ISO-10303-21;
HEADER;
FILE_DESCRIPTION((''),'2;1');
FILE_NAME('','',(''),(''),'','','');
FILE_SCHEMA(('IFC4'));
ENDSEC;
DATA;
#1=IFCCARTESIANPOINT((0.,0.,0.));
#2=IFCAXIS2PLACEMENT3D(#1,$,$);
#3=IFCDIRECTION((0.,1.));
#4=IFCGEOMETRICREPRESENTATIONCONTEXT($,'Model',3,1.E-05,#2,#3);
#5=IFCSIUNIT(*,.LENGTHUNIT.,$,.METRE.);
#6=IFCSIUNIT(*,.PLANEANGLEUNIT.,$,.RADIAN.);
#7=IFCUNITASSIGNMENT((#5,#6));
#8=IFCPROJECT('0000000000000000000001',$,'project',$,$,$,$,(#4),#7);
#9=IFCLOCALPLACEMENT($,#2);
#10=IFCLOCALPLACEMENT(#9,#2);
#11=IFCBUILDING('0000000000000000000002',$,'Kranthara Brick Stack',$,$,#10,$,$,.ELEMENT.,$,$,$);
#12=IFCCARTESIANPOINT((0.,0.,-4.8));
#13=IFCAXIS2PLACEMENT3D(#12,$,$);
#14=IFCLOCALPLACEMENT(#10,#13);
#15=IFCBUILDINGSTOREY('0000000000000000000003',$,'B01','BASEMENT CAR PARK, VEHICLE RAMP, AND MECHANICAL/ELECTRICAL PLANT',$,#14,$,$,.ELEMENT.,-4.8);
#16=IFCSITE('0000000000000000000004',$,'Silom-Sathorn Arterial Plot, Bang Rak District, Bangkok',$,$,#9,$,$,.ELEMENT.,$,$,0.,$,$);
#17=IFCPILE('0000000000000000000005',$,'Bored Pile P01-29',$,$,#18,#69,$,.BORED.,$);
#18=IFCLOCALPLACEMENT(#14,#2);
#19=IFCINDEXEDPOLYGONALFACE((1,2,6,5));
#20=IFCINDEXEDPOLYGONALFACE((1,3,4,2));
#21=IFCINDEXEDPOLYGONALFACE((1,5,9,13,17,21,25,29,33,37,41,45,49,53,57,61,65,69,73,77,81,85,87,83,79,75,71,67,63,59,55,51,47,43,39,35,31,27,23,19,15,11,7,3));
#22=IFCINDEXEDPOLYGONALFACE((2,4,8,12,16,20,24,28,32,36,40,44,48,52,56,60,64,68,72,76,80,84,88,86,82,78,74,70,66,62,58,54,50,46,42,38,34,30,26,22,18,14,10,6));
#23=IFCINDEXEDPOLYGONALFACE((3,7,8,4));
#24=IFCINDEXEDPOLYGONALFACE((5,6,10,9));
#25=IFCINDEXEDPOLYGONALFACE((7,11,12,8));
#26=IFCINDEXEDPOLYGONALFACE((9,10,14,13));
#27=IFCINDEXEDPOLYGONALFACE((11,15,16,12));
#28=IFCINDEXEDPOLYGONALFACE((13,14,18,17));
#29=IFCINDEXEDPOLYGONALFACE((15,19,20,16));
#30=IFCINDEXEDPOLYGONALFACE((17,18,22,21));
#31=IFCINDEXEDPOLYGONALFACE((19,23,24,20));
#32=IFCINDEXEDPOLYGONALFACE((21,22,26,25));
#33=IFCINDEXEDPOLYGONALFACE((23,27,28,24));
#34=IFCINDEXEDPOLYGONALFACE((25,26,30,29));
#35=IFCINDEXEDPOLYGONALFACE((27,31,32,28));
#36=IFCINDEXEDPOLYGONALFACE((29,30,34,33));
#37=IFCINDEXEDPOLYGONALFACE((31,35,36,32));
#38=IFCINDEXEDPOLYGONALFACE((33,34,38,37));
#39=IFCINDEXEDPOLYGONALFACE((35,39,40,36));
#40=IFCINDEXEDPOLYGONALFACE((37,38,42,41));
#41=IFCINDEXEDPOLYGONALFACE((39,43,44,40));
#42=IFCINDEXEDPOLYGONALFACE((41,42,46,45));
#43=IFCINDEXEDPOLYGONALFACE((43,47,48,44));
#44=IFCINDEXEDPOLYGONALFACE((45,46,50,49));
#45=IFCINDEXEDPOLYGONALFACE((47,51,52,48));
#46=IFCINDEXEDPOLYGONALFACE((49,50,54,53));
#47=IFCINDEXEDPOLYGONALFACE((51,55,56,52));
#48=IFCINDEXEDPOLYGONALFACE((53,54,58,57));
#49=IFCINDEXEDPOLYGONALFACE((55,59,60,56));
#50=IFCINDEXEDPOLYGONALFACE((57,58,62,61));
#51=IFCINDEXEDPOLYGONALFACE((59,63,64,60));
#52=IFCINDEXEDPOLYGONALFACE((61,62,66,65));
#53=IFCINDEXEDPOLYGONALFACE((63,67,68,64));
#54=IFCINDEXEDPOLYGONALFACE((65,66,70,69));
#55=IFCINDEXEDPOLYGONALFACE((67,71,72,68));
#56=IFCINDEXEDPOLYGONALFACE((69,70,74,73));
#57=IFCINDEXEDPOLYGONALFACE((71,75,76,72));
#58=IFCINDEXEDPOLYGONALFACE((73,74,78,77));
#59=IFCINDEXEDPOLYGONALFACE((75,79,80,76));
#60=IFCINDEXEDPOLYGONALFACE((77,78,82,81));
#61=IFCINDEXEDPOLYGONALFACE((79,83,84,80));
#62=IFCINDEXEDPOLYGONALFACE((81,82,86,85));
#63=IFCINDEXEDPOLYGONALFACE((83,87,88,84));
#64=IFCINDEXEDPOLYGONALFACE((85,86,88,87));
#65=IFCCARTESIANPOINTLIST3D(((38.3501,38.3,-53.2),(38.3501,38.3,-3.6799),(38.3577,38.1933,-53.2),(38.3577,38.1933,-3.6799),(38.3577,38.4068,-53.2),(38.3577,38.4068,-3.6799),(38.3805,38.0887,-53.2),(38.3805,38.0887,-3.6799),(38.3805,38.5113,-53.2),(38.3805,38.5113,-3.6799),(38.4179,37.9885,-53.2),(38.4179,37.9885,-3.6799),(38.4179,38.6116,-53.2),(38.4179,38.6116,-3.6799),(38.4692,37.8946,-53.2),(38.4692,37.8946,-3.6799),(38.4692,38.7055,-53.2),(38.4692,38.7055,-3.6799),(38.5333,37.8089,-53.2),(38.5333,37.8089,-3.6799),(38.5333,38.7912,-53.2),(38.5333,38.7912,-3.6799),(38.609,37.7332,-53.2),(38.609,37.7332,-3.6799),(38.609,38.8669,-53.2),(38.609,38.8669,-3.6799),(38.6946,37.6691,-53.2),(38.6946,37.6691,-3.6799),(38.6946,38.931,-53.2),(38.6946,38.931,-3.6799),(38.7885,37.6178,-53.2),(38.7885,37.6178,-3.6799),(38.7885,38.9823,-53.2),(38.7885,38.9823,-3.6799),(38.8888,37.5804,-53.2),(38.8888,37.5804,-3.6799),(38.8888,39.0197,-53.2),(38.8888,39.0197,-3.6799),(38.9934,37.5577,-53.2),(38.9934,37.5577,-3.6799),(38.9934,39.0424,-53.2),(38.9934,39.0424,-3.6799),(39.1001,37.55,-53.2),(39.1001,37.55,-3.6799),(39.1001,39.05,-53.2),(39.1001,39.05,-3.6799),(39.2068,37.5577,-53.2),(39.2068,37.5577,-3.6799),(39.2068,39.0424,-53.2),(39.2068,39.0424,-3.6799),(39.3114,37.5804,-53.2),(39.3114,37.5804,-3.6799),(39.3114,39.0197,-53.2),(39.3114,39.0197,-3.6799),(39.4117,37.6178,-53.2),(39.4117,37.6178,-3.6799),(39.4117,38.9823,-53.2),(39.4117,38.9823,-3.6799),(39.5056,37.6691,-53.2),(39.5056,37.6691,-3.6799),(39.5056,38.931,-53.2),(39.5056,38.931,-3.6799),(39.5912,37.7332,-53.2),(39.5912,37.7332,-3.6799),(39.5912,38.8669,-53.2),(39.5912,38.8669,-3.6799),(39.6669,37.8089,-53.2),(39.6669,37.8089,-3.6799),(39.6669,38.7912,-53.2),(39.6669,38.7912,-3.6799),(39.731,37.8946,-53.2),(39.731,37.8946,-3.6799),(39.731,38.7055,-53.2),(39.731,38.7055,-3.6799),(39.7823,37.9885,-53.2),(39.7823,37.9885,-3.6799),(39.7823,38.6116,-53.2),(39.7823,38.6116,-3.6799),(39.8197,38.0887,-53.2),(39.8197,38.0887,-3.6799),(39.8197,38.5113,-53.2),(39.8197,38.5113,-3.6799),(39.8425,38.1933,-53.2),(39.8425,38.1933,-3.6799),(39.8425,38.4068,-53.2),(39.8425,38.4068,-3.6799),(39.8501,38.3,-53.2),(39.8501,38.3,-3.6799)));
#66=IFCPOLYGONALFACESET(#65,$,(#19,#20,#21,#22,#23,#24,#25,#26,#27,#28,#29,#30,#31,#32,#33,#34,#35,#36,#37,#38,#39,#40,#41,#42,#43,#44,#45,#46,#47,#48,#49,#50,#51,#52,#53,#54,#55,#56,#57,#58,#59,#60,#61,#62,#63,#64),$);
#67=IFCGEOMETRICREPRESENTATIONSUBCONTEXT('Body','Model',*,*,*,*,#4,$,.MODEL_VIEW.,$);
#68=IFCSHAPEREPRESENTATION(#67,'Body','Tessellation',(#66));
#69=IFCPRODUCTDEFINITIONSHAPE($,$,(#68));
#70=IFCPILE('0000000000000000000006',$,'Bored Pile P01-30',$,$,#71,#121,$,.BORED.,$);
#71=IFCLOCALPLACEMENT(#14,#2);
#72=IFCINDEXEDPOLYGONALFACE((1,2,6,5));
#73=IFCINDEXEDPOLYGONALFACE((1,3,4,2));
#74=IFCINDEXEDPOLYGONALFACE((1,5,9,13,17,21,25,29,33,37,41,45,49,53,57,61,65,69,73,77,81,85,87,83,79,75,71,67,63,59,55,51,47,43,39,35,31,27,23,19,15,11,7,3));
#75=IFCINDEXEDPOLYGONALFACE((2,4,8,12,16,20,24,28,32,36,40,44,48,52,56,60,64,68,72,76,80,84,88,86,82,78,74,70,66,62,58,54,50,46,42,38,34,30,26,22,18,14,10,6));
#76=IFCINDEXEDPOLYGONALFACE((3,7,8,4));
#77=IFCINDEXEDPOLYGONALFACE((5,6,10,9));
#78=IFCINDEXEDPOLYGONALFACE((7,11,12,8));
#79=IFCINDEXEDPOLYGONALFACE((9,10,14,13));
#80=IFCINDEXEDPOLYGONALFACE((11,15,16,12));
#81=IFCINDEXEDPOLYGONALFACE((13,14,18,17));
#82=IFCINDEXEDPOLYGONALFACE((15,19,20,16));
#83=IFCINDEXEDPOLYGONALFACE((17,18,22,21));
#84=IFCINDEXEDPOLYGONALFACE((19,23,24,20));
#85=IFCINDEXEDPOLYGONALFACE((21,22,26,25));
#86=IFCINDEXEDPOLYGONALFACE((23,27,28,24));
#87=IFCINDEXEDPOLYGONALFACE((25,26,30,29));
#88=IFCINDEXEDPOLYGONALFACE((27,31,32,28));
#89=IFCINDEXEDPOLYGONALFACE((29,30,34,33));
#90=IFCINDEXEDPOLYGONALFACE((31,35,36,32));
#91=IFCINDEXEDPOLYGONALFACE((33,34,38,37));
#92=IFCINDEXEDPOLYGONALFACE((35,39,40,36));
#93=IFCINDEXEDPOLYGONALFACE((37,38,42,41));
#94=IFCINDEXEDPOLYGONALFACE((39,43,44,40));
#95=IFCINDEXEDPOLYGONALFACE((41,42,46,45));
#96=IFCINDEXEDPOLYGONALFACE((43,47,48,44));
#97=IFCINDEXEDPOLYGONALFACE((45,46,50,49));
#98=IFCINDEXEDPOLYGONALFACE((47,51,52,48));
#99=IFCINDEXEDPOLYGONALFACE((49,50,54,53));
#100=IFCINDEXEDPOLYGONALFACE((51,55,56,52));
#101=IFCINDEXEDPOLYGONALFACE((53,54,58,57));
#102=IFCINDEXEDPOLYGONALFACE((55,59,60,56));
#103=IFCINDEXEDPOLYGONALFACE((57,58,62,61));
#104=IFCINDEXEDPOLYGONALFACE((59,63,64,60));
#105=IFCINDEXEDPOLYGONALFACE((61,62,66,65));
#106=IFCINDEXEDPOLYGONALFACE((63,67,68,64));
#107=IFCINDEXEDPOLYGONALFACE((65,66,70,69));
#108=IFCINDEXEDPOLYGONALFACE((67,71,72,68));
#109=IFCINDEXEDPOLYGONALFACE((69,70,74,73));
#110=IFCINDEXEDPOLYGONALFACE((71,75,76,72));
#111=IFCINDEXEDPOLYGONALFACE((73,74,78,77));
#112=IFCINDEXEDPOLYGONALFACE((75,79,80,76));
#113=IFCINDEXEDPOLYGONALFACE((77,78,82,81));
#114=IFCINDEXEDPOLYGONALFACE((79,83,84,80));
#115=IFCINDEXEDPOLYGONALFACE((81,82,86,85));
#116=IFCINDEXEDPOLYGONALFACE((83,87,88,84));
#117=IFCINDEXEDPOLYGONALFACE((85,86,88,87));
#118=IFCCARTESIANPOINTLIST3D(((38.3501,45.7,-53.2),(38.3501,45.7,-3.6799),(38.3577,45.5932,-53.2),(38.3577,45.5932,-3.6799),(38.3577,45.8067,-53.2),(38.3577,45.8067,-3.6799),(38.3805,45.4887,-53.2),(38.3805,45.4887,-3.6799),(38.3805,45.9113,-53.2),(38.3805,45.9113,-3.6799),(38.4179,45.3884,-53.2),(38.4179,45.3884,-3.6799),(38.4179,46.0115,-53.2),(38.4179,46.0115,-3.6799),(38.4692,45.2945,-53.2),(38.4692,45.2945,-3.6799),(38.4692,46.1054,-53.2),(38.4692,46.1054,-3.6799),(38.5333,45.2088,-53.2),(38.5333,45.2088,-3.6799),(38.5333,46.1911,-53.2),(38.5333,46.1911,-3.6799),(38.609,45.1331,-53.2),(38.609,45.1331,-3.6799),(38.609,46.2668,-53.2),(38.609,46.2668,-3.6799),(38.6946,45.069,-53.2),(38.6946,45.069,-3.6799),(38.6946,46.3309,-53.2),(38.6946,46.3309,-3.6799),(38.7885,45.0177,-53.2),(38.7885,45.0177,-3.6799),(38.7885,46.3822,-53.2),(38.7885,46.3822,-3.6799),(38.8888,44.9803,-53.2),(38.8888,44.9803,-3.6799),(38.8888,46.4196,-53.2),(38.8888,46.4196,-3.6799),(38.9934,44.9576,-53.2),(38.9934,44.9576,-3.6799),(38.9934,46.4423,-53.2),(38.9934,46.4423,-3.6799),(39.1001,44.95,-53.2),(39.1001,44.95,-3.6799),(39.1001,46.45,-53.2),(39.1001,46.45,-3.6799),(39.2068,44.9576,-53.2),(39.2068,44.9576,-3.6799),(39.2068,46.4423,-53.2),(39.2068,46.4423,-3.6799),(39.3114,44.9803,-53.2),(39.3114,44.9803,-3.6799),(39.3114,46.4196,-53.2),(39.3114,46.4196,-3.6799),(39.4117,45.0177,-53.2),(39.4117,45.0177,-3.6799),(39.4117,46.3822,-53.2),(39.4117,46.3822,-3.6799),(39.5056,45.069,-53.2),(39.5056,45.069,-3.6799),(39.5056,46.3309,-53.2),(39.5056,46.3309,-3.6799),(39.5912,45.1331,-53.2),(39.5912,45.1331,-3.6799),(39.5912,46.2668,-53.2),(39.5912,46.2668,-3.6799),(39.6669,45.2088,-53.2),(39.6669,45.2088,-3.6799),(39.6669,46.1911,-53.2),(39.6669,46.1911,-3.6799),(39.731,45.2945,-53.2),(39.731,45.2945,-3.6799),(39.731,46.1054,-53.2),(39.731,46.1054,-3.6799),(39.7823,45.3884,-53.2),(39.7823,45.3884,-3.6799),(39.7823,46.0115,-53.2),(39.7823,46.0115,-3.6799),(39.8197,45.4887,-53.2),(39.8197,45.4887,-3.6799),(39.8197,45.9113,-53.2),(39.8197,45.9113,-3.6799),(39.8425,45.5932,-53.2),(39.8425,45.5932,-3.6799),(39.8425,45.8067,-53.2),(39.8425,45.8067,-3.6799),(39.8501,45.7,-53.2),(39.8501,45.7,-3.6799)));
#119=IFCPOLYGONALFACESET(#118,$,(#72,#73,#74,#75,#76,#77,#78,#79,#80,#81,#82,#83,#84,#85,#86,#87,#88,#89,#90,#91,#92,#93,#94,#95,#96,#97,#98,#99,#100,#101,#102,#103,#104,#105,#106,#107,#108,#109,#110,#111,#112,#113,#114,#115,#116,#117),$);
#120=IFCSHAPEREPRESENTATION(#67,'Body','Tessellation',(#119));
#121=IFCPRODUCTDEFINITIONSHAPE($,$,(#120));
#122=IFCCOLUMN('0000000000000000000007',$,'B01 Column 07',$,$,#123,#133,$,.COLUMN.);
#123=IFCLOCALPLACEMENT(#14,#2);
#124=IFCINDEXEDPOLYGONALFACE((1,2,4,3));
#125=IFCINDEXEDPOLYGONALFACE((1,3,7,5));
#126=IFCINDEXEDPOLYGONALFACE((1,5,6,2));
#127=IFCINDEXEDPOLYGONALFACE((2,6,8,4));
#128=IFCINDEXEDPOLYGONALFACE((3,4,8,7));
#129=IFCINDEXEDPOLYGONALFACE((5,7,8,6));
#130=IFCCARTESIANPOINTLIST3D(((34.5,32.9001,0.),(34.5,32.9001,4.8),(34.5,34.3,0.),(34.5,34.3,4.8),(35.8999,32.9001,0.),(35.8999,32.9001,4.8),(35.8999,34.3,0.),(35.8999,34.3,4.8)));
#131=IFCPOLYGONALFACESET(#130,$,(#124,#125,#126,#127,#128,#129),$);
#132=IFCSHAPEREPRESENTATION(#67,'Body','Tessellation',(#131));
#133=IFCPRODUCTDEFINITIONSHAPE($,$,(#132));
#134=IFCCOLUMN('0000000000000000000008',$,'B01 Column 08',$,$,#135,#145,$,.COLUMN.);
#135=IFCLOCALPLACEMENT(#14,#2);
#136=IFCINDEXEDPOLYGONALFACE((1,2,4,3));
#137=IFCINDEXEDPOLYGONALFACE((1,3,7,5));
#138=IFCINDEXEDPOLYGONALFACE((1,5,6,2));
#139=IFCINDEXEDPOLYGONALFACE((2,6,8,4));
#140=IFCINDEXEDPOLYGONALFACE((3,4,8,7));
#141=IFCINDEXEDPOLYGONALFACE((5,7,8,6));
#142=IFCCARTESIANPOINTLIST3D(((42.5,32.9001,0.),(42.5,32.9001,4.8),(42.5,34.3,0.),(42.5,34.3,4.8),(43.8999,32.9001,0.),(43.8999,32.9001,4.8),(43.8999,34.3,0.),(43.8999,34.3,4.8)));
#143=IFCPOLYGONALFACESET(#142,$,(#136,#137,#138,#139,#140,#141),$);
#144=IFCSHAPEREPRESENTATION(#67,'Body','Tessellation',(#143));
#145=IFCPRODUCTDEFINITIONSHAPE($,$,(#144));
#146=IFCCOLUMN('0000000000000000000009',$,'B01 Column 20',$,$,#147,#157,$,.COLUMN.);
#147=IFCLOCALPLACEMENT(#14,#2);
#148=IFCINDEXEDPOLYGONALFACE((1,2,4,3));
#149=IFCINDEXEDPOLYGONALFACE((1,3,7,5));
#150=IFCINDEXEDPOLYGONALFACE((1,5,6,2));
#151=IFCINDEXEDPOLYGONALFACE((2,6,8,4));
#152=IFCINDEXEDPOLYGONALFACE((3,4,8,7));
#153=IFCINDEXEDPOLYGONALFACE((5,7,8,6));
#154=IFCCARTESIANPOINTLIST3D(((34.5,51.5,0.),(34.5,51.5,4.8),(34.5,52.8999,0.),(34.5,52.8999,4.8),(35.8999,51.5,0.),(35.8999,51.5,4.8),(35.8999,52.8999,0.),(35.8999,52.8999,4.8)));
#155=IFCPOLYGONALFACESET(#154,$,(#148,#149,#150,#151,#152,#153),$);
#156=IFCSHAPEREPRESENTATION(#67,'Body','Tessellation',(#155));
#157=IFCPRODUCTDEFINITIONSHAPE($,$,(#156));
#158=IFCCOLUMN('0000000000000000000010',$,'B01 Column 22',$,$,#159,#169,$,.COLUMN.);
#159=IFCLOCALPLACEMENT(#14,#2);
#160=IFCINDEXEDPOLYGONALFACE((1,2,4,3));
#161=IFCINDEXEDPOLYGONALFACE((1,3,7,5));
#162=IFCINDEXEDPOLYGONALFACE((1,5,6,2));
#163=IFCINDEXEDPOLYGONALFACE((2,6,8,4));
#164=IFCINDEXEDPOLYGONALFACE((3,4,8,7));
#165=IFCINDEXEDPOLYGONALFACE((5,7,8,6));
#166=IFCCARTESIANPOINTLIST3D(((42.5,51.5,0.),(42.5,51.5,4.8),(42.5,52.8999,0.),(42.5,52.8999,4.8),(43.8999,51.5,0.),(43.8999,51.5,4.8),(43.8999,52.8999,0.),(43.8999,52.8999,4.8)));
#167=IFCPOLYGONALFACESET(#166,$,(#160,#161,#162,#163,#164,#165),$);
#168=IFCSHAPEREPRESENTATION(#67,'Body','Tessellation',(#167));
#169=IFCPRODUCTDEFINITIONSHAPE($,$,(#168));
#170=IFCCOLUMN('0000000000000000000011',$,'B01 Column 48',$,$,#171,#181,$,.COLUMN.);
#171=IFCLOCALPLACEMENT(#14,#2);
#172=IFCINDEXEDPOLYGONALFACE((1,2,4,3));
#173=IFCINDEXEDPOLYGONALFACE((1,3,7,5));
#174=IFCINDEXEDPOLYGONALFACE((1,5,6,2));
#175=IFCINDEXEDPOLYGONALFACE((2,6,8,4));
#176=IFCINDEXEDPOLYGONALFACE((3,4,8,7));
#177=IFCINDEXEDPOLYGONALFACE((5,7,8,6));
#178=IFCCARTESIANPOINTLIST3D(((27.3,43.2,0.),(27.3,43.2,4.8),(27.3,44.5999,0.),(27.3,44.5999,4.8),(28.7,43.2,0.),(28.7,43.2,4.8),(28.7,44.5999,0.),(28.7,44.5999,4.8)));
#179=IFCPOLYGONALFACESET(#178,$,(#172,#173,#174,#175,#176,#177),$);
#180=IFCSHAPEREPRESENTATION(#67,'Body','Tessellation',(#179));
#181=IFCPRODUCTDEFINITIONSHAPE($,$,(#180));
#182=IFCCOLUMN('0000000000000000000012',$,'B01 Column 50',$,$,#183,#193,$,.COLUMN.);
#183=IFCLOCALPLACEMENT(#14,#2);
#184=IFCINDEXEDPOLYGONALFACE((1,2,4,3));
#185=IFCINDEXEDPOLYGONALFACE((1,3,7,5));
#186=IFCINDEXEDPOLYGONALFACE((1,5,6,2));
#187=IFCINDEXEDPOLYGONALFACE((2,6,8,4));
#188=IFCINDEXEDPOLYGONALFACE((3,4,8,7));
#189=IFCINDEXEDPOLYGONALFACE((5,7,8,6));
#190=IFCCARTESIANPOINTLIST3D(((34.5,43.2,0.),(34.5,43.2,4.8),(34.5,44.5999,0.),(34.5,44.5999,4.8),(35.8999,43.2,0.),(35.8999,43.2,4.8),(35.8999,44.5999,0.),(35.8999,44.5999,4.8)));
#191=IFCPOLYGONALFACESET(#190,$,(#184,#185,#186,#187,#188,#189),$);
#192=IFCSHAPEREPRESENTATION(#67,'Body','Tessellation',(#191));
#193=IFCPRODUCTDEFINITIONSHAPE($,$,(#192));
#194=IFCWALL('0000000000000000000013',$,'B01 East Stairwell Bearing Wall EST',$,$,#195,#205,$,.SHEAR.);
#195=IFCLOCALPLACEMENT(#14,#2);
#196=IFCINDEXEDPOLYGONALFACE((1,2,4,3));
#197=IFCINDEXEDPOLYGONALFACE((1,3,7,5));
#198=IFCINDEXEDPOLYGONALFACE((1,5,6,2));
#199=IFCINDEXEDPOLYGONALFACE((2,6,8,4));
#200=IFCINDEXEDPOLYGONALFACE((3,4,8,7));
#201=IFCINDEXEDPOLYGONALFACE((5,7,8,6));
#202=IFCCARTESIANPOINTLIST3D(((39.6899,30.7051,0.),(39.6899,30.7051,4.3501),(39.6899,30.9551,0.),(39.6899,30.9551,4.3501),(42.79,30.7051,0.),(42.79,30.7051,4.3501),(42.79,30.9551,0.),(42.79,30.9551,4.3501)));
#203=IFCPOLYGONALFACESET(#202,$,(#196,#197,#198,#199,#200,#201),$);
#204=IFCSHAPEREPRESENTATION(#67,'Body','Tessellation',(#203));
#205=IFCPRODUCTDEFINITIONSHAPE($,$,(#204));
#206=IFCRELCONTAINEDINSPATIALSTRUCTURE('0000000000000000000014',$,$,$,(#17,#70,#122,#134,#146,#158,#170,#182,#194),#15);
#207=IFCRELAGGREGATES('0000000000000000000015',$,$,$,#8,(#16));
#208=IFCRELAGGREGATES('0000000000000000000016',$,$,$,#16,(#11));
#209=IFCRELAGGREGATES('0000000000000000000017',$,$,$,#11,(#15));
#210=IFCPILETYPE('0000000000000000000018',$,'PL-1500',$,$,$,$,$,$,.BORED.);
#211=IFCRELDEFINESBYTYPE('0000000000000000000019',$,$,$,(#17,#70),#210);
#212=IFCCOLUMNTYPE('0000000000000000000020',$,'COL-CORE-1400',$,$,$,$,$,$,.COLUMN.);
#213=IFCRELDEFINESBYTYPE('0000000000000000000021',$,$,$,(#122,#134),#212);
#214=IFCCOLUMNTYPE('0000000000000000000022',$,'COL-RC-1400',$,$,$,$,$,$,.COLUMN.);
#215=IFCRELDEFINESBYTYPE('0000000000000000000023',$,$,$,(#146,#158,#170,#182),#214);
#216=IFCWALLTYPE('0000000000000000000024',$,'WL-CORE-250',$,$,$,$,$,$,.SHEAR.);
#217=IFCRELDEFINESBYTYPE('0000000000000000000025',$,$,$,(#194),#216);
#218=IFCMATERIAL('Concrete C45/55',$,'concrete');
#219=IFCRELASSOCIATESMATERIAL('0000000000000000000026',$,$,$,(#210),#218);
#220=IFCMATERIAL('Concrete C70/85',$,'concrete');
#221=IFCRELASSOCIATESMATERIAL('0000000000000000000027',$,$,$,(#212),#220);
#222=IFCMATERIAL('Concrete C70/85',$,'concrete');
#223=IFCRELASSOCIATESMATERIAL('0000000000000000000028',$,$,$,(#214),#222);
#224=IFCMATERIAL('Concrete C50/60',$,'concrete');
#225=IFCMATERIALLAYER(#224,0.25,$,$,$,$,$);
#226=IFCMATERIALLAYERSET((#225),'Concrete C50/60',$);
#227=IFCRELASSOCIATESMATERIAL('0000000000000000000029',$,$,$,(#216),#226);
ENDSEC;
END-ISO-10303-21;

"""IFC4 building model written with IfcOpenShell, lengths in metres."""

from ifc_helpers import new_model, si_unit, direction, frame, frame_2d, origin, origin_2d, place, context, subcontext, project, spatial, rectangle, circle, extrude, material, layer, layer_set, material_profile, profile_set, type_object, element, save


model = new_model("IFC4")

# Units and contexts
model_context = context("Model", 3, precision=1e-05, world=origin(), true_north=direction((0.0, 1.0)))
body_context = subcontext(model_context, "Body", "Model", "MODEL_VIEW")
ifc_project = project(units=[si_unit("LENGTHUNIT", "METRE"), si_unit("PLANEANGLEUNIT", "RADIAN")], contexts=[model_context])

# Site, building, storey
site_placement = place(None, origin())
site = spatial("IfcSite", under=ifc_project, at=site_placement, Name="Silom-Sathorn Arterial Plot, Bang Rak District, Bangkok", CompositionType="ELEMENT", RefElevation=0.0)
building_placement = place(site_placement, origin())
building = spatial("IfcBuilding", under=site, at=building_placement, Name="Kranthara Brick Stack", CompositionType="ELEMENT")
storey_placement = place(building_placement, frame((0.0, 0.0, -4.8)))
storey = spatial("IfcBuildingStorey", under=building, at=storey_placement, Name="B01", Description="BASEMENT CAR PARK, VEHICLE RAMP, AND MECHANICAL/ELECTRICAL PLANT", CompositionType="ELEMENT", Elevation=-4.8)

# Piles
ifc_material_1 = material(Name="Concrete C45/55", Category="concrete")
ifc_material_profile_1 = material_profile(ifc_material_1, circle(Radius=0.75, at=origin_2d()), Name="BORED PILE 1500")
ifc_profile_set_1 = profile_set([ifc_material_profile_1], Name="Concrete C45/55")
pile_type_1 = type_object("IfcPileType", Name="PL-1500", PredefinedType="BORED", material=ifc_profile_set_1)
for number, where, z_axis, x_axis, name in (
    (1, (39.1001, 38.3, -3.6799), (0.0, 0.0, -1.0), (1.0, 0.0, 0.0), "Bored Pile P01-29"),
    (2, (39.1001, 45.7, -3.6799), (0.0, 0.0, -1.0), (1.0, 0.0, 0.0), "Bored Pile P01-30"),
):
    element("IfcPile", number, at=place(storey_placement, frame(where, z_axis=z_axis, x_axis=x_axis)), inside=storey, type_object=pile_type_1, Name=name, PredefinedType="BORED", context=body_context, shape_type="SweptSolid", body=[
        extrude(circle(Radius=0.75, at=origin_2d()), origin(), (0.0, 0.0, 1.0), 49.52),
    ])

# Columns
ifc_material_2 = material(Name="Concrete C70/85", Category="concrete")
ifc_material_profile_2 = material_profile(ifc_material_2, rectangle(XDim=1.3999, YDim=1.3999, at=origin_2d()), Name="RC 1400x1400")
ifc_profile_set_2 = profile_set([ifc_material_profile_2], Name="Concrete C70/85")
column_type_1 = type_object("IfcColumnType", Name="COL-CORE-1400", PredefinedType="COLUMN", material=ifc_profile_set_2)
for number, where, z_axis, x_axis, name in (
    (3, (35.2, 33.6001, 0.0), (0.0, 0.0, 1.0), (1.0, 0.0, 0.0), "B01 Column 07"),
    (4, (43.2, 33.6001, 0.0), (0.0, 0.0, 1.0), (1.0, 0.0, 0.0), "B01 Column 08"),
):
    element("IfcColumn", number, at=place(storey_placement, frame(where, z_axis=z_axis, x_axis=x_axis)), inside=storey, type_object=column_type_1, Name=name, PredefinedType="COLUMN", context=body_context, shape_type="SweptSolid", body=[
        extrude(rectangle(XDim=1.3999, YDim=1.3999, at=origin_2d()), origin(), (0.0, 0.0, 1.0), 4.8),
    ])
ifc_material_3 = material(Name="Concrete C70/85", Category="concrete")
ifc_material_profile_3 = material_profile(ifc_material_3, rectangle(XDim=1.3999, YDim=1.3999, at=origin_2d()), Name="RC 1400x1400")
ifc_profile_set_3 = profile_set([ifc_material_profile_3], Name="Concrete C70/85")
column_type_2 = type_object("IfcColumnType", Name="COL-RC-1400", PredefinedType="COLUMN", material=ifc_profile_set_3)
for number, where, z_axis, x_axis, name in (
    (5, (35.2, 52.2, 0.0), (0.0, 0.0, 1.0), (1.0, 0.0, 0.0), "B01 Column 20"),
    (6, (43.2, 52.2, 0.0), (0.0, 0.0, 1.0), (1.0, 0.0, 0.0), "B01 Column 22"),
    (7, (28.0, 43.8999, 0.0), (0.0, 0.0, 1.0), (1.0, 0.0, 0.0), "B01 Column 48"),
    (8, (35.2, 43.8999, 0.0), (0.0, 0.0, 1.0), (1.0, 0.0, 0.0), "B01 Column 50"),
):
    element("IfcColumn", number, at=place(storey_placement, frame(where, z_axis=z_axis, x_axis=x_axis)), inside=storey, type_object=column_type_2, Name=name, PredefinedType="COLUMN", context=body_context, shape_type="SweptSolid", body=[
        extrude(rectangle(XDim=1.3999, YDim=1.3999, at=origin_2d()), origin(), (0.0, 0.0, 1.0), 4.8),
    ])

# Wall
ifc_material_4 = material(Name="Concrete C50/60", Category="concrete")
ifc_layer_1 = layer(ifc_material_4, 0.25)
ifc_layer_set_1 = layer_set([ifc_layer_1], Name="Concrete C50/60")
wall_type_1 = type_object("IfcWallType", Name="WL-CORE-250", PredefinedType="SHEAR", material=ifc_layer_set_1)
wall_1_placement = place(storey_placement, frame((39.6899, 30.8301, 0.0), z_axis=(0.0, 0.0, 1.0), x_axis=(1.0, 0.0, 0.0)))
element("IfcWall", 9, at=wall_1_placement, inside=storey, type_object=wall_type_1, Name="B01 East Stairwell Bearing Wall EST", PredefinedType="SHEAR", context=body_context, shape_type="SweptSolid", body=[
    extrude(rectangle(XDim=3.1001, YDim=0.25, at=frame_2d((1.55, 0.0))), origin(), (0.0, 0.0, 1.0), 4.3501),
])

save(model, "model.ifc")
